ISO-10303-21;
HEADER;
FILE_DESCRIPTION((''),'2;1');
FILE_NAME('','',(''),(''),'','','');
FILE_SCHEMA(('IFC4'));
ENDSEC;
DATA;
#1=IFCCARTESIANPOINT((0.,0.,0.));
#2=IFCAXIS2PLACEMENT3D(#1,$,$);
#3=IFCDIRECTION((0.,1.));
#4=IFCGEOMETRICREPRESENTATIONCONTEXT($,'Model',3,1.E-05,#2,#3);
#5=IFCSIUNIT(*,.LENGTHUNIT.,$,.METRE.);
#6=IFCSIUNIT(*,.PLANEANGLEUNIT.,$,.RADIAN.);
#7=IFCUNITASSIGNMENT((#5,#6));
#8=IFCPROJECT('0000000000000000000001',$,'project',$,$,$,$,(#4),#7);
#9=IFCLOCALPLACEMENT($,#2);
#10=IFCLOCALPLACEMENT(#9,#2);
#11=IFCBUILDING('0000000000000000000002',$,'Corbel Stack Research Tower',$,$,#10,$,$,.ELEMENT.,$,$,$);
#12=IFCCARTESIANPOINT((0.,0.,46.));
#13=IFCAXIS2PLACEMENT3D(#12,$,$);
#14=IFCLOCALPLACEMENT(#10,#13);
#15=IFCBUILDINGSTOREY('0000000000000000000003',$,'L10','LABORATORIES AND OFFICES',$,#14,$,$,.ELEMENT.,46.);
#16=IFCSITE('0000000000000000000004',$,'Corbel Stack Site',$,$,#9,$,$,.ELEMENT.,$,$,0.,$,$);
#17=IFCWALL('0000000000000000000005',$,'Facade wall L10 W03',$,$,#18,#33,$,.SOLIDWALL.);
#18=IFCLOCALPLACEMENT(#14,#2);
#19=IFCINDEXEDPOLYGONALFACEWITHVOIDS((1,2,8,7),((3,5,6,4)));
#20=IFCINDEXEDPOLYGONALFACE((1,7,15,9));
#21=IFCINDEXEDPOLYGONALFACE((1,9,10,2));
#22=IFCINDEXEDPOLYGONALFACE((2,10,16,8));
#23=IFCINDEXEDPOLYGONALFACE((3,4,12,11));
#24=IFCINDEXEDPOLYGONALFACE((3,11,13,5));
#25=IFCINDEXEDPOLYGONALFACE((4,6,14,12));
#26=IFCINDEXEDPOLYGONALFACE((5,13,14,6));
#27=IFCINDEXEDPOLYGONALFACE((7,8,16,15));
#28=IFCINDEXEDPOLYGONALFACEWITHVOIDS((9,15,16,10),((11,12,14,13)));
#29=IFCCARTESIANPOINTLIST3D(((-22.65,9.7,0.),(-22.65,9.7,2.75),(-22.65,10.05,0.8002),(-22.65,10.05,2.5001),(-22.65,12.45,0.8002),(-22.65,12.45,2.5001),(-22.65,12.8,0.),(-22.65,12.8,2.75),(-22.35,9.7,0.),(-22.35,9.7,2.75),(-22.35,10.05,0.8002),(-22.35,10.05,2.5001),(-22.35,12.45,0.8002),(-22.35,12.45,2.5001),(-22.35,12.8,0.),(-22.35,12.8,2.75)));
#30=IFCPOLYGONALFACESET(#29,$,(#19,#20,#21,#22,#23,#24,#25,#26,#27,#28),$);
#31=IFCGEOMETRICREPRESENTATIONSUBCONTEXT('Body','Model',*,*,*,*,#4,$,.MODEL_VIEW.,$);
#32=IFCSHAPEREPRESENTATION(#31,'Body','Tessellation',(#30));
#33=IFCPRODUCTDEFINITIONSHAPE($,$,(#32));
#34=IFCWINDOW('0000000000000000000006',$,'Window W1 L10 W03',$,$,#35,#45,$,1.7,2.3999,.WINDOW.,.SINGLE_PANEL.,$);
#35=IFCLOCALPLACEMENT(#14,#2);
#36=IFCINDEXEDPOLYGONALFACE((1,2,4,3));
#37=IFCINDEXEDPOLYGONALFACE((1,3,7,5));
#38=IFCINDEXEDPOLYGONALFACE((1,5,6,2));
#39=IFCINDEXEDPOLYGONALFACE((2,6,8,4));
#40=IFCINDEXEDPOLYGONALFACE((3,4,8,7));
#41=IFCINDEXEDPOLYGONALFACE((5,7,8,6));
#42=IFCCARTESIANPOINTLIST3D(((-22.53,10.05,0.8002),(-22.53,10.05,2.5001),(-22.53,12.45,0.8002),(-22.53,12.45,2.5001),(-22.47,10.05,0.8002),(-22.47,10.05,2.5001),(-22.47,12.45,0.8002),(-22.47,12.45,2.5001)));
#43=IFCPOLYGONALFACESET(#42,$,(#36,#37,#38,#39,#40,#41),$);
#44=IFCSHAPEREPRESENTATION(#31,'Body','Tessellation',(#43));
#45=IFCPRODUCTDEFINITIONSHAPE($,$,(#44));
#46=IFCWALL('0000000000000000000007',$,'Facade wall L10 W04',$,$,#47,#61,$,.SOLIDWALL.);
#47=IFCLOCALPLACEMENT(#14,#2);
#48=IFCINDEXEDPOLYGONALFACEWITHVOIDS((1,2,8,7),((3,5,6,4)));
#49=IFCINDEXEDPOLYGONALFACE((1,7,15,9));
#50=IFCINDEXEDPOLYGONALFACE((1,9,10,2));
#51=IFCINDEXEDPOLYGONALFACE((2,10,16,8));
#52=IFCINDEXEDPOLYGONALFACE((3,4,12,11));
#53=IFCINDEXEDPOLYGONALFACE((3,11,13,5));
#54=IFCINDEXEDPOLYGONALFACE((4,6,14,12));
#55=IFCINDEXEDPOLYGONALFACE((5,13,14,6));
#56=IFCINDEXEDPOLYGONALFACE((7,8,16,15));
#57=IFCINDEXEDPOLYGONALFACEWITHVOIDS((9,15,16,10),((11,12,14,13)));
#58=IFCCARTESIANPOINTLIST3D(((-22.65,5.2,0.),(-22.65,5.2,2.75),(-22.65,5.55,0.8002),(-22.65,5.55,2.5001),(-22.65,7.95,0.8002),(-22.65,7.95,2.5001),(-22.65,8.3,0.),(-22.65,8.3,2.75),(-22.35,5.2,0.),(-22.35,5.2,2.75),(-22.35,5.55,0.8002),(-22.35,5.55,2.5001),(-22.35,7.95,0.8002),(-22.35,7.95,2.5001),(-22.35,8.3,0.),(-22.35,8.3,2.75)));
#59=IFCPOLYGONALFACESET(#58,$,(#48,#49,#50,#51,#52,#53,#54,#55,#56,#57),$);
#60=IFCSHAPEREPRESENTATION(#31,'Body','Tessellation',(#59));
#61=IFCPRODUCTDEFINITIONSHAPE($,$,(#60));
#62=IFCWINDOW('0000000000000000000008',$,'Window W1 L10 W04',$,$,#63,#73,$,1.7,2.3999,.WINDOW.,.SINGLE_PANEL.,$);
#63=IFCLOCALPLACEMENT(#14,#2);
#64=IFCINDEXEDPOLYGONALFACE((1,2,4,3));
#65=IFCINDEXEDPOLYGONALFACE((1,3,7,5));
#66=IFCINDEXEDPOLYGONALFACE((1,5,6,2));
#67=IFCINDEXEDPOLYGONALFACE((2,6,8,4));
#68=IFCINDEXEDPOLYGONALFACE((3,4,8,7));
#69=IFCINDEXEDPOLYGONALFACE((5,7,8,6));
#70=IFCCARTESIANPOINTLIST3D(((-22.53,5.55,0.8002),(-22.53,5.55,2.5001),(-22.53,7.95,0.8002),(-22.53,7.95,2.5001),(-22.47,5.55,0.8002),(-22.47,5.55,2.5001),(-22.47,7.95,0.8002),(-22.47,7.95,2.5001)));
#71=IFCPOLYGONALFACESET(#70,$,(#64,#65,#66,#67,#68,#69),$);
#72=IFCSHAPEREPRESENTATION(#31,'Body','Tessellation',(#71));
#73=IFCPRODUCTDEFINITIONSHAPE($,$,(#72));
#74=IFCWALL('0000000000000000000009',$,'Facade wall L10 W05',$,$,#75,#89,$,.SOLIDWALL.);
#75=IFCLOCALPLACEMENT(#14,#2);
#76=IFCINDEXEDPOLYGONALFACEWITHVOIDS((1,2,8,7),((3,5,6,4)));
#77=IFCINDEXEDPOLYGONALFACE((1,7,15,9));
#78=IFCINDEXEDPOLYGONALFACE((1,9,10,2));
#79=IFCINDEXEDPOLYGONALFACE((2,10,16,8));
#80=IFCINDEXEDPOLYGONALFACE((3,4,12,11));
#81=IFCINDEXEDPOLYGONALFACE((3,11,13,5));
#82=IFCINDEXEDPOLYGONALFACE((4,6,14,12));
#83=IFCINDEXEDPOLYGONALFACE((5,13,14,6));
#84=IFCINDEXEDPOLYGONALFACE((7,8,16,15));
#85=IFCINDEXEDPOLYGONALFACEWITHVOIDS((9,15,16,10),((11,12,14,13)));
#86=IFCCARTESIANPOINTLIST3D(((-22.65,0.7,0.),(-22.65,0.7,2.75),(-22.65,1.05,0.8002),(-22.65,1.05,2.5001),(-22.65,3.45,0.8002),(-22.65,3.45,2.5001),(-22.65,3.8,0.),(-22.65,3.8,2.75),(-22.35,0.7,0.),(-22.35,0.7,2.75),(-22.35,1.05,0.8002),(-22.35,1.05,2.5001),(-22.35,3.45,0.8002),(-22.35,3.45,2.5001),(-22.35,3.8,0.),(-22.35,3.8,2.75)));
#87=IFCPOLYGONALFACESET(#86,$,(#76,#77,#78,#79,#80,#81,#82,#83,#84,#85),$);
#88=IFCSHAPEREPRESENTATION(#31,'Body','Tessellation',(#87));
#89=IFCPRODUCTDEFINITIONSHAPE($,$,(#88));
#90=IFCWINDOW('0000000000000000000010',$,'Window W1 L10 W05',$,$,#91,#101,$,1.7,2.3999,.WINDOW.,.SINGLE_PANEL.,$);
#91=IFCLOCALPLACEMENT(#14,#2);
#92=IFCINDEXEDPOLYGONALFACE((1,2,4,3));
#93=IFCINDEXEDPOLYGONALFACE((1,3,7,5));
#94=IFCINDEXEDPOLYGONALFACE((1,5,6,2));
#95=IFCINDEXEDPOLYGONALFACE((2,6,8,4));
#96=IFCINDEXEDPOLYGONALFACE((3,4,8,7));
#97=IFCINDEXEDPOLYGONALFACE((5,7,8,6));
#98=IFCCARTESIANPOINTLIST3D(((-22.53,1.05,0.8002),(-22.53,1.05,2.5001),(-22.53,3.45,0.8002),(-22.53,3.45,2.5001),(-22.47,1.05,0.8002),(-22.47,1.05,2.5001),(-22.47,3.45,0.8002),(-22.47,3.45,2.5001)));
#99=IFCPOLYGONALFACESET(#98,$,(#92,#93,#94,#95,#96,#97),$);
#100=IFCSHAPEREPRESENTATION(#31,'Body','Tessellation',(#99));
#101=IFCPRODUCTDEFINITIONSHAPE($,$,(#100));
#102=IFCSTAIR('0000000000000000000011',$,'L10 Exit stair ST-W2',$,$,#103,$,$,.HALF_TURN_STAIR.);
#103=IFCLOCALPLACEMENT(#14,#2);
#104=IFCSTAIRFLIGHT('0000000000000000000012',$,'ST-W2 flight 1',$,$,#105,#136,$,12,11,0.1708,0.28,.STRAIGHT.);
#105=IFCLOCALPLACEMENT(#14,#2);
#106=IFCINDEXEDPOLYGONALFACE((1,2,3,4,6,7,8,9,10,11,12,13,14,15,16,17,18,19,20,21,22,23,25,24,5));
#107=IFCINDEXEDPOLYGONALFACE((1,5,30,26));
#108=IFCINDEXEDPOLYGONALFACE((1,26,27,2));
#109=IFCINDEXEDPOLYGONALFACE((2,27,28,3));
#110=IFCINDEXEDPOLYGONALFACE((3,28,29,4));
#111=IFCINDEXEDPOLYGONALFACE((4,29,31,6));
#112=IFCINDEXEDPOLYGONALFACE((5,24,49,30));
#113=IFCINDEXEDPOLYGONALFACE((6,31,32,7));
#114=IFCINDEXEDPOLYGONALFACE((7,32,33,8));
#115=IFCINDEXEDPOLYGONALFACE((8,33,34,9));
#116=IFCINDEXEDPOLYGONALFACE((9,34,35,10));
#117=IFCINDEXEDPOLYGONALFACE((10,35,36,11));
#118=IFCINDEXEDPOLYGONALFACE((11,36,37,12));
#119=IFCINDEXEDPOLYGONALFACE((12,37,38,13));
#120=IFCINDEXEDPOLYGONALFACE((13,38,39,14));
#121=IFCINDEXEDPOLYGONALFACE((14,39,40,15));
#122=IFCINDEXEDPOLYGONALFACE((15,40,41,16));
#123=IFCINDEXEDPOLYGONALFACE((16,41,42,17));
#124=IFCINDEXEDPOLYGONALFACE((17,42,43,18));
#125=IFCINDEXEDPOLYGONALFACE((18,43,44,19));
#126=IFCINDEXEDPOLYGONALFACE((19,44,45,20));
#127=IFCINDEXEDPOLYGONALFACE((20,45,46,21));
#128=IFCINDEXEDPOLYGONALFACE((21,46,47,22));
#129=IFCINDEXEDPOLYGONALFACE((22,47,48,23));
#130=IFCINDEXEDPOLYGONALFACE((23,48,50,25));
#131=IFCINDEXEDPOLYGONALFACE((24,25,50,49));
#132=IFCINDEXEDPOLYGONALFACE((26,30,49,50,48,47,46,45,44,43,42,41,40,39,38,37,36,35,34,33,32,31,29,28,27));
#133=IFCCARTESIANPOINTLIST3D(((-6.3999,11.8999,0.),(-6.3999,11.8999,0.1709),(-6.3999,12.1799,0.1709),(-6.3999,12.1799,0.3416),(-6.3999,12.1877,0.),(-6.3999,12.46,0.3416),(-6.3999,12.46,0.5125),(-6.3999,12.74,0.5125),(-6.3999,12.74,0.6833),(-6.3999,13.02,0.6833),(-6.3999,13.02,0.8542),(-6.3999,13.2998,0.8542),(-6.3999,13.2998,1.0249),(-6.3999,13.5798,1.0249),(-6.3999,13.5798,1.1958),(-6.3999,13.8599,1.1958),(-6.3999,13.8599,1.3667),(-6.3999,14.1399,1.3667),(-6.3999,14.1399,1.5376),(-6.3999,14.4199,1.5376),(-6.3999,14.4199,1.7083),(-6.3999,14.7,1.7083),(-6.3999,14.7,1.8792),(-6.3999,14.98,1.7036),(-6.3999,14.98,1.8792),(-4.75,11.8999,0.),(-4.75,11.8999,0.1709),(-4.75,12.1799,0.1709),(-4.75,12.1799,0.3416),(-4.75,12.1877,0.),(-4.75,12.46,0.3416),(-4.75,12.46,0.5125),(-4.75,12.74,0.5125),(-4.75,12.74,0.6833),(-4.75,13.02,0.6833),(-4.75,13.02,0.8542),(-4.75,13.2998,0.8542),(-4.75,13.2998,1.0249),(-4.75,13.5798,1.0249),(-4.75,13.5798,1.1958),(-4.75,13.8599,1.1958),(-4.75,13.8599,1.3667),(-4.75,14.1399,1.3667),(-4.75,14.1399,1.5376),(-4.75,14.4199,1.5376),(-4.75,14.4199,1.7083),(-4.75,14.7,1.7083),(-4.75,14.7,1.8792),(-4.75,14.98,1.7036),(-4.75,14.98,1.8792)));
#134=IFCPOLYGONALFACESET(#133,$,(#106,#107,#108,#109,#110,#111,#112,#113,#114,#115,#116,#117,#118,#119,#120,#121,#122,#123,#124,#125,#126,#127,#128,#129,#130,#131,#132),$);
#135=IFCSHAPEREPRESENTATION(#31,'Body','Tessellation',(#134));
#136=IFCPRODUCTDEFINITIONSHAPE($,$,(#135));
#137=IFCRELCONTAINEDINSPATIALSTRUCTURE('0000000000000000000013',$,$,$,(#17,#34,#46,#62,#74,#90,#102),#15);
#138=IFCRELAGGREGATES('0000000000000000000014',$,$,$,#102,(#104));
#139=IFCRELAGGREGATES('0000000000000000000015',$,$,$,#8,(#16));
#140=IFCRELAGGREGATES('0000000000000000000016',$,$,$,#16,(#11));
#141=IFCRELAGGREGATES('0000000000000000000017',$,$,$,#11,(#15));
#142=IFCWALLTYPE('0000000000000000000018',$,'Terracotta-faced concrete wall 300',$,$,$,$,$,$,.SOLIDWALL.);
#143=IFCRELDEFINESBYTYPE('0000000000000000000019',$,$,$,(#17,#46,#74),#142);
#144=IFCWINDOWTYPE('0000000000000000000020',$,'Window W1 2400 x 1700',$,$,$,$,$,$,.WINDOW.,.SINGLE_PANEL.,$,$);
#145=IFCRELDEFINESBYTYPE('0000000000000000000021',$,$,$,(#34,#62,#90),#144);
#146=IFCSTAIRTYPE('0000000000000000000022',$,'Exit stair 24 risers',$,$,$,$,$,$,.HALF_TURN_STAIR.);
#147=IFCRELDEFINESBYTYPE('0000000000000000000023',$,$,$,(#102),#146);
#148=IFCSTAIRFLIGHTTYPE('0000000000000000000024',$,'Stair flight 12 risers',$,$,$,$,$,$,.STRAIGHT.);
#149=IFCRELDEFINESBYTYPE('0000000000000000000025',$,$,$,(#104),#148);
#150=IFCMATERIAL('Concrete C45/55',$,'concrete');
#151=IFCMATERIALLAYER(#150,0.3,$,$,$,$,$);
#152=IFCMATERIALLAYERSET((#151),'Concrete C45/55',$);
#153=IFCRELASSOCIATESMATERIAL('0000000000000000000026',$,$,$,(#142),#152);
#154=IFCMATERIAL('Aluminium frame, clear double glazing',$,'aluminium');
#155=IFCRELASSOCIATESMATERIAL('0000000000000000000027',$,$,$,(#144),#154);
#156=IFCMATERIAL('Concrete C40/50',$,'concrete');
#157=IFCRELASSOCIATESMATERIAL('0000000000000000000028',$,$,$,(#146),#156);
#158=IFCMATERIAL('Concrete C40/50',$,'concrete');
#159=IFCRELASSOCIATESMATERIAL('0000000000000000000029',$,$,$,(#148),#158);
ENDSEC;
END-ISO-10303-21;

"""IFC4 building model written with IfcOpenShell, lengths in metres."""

from ifc_helpers import new_model, si_unit, direction, frame, frame_2d, origin, place, context, subcontext, project, spatial, polyline, rectangle, outline, extrude, material, layer, layer_set, type_object, element, fill, aggregate, save


model = new_model("IFC4")

# Units and contexts
model_context = context("Model", 3, precision=1e-05, world=origin(), true_north=direction((0.0, 1.0)))
body_context = subcontext(model_context, "Body", "Model", "MODEL_VIEW")
ifc_project = project(units=[si_unit("LENGTHUNIT", "METRE"), si_unit("PLANEANGLEUNIT", "RADIAN")], contexts=[model_context])

# Site, building, storey
site_placement = place(None, origin())
site = spatial("IfcSite", under=ifc_project, at=site_placement, Name="Corbel Stack Site", CompositionType="ELEMENT", RefElevation=0.0)
building_placement = place(site_placement, origin())
building = spatial("IfcBuilding", under=site, at=building_placement, Name="Corbel Stack Research Tower", CompositionType="ELEMENT")
storey_placement = place(building_placement, frame((0.0, 0.0, 46.0)))
storey = spatial("IfcBuildingStorey", under=building, at=storey_placement, Name="L10", Description="LABORATORIES AND OFFICES", CompositionType="ELEMENT", Elevation=46.0)

# Walls, openings, windows
ifc_material_1 = material(Name="Concrete C45/55", Category="concrete")
ifc_layer_1 = layer(ifc_material_1, 0.3)
ifc_layer_set_1 = layer_set([ifc_layer_1], Name="Concrete C45/55")
wall_type_1 = type_object("IfcWallType", Name="Terracotta-faced concrete wall 300", PredefinedType="SOLIDWALL", material=ifc_layer_set_1)
wall_1_placement = place(storey_placement, frame((-22.5, 9.7, 0.0), z_axis=(0.0, 0.0, 1.0), x_axis=(0.0, 1.0, 0.0)))
wall_1 = element("IfcWall", 1, at=wall_1_placement, inside=storey, type_object=wall_type_1, Name="Facade wall L10 W03", PredefinedType="SOLIDWALL", context=body_context, shape_type="SweptSolid", body=[
    extrude(rectangle(XDim=3.1001, YDim=0.3, at=frame_2d((1.55, 0.0))), origin(), (0.0, 0.0, 1.0), 2.75),
])
opening_1_placement = place(wall_1_placement, frame((0.3501, 0.0, 0.8)))
opening_1 = element("IfcOpeningElement", 2, at=opening_1_placement, cuts=wall_1, PredefinedType="OPENING", context=body_context, shape_type="SweptSolid", body=[
    extrude(rectangle(XDim=2.3999, YDim=1.7, at=frame_2d((1.2, 0.8501))), frame((0.0, 0.1599, 0.0), z_axis=(0.0, -1.0, 0.0), x_axis=(1.0, 0.0, 0.0)), (0.0, 0.0, 1.0), 0.3201),
])
ifc_material_2 = material(Name="Aluminium frame, clear double glazing", Category="aluminium")
window_type = type_object("IfcWindowType", Name="Window W1 2400 x 1700", PartitioningType="SINGLE_PANEL", PredefinedType="WINDOW", material=ifc_material_2)
window_1_placement = place(opening_1_placement, origin())
window_1 = element("IfcWindow", 3, at=window_1_placement, inside=storey, type_object=window_type, Name="Window W1 L10 W03", OverallHeight=1.7, OverallWidth=2.3999, PartitioningType="SINGLE_PANEL", PredefinedType="WINDOW", context=body_context, shape_type="SweptSolid", body=[
    extrude(rectangle(XDim=2.3999, YDim=1.7, at=frame_2d((1.2, 0.8501))), frame((0.0, 0.03, 0.0), z_axis=(0.0, -1.0, 0.0), x_axis=(1.0, 0.0, 0.0)), (0.0, 0.0, 1.0), 0.0601),
])
fill(opening_1, window_1)
wall_2_placement = place(storey_placement, frame((-22.5, 5.2, 0.0), z_axis=(0.0, 0.0, 1.0), x_axis=(0.0, 1.0, 0.0)))
wall_2 = element("IfcWall", 4, at=wall_2_placement, inside=storey, type_object=wall_type_1, Name="Facade wall L10 W04", PredefinedType="SOLIDWALL", context=body_context, shape_type="SweptSolid", body=[
    extrude(rectangle(XDim=3.1001, YDim=0.3, at=frame_2d((1.55, 0.0))), origin(), (0.0, 0.0, 1.0), 2.75),
])
opening_2_placement = place(wall_2_placement, frame((0.3501, 0.0, 0.8)))
opening_2 = element("IfcOpeningElement", 5, at=opening_2_placement, cuts=wall_2, PredefinedType="OPENING", context=body_context, shape_type="SweptSolid", body=[
    extrude(rectangle(XDim=2.3999, YDim=1.7, at=frame_2d((1.2, 0.8501))), frame((0.0, 0.1599, 0.0), z_axis=(0.0, -1.0, 0.0), x_axis=(1.0, 0.0, 0.0)), (0.0, 0.0, 1.0), 0.3201),
])
window_2_placement = place(opening_2_placement, origin())
window_2 = element("IfcWindow", 6, at=window_2_placement, inside=storey, type_object=window_type, Name="Window W1 L10 W04", OverallHeight=1.7, OverallWidth=2.3999, PartitioningType="SINGLE_PANEL", PredefinedType="WINDOW", context=body_context, shape_type="SweptSolid", body=[
    extrude(rectangle(XDim=2.3999, YDim=1.7, at=frame_2d((1.2, 0.8501))), frame((0.0, 0.03, 0.0), z_axis=(0.0, -1.0, 0.0), x_axis=(1.0, 0.0, 0.0)), (0.0, 0.0, 1.0), 0.0601),
])
fill(opening_2, window_2)
wall_3_placement = place(storey_placement, frame((-22.5, 0.7, 0.0), z_axis=(0.0, 0.0, 1.0), x_axis=(0.0, 1.0, 0.0)))
wall_3 = element("IfcWall", 7, at=wall_3_placement, inside=storey, type_object=wall_type_1, Name="Facade wall L10 W05", PredefinedType="SOLIDWALL", context=body_context, shape_type="SweptSolid", body=[
    extrude(rectangle(XDim=3.1001, YDim=0.3, at=frame_2d((1.55, 0.0))), origin(), (0.0, 0.0, 1.0), 2.75),
])
opening_3_placement = place(wall_3_placement, frame((0.3501, 0.0, 0.8)))
opening_3 = element("IfcOpeningElement", 8, at=opening_3_placement, cuts=wall_3, PredefinedType="OPENING", context=body_context, shape_type="SweptSolid", body=[
    extrude(rectangle(XDim=2.3999, YDim=1.7, at=frame_2d((1.2, 0.8501))), frame((0.0, 0.1599, 0.0), z_axis=(0.0, -1.0, 0.0), x_axis=(1.0, 0.0, 0.0)), (0.0, 0.0, 1.0), 0.3201),
])
window_3_placement = place(opening_3_placement, origin())
window_3 = element("IfcWindow", 9, at=window_3_placement, inside=storey, type_object=window_type, Name="Window W1 L10 W05", OverallHeight=1.7, OverallWidth=2.3999, PartitioningType="SINGLE_PANEL", PredefinedType="WINDOW", context=body_context, shape_type="SweptSolid", body=[
    extrude(rectangle(XDim=2.3999, YDim=1.7, at=frame_2d((1.2, 0.8501))), frame((0.0, 0.03, 0.0), z_axis=(0.0, -1.0, 0.0), x_axis=(1.0, 0.0, 0.0)), (0.0, 0.0, 1.0), 0.0601),
])
fill(opening_3, window_3)

# Stair, stair flight
ifc_material_3 = material(Name="Concrete C40/50", Category="concrete")
stair_type = type_object("IfcStairType", Name="Exit stair 24 risers", PredefinedType="HALF_TURN_STAIR", material=ifc_material_3)
stair_placement = place(storey_placement, origin())
stair = element("IfcStair", 10, at=stair_placement, inside=storey, type_object=stair_type, Name="L10 Exit stair ST-W2", PredefinedType="HALF_TURN_STAIR")
ifc_material_4 = material(Name="Concrete C40/50", Category="concrete")
stair_flight_type = type_object("IfcStairFlightType", Name="Stair flight 12 risers", PredefinedType="STRAIGHT", material=ifc_material_4)
stair_flight_placement = place(storey_placement, frame((-5.575, 11.8999, 0.0), z_axis=(0.0, 0.0, 1.0), x_axis=(0.0, 1.0, 0.0)))
stair_flight = element("IfcStairFlight", 11, at=stair_flight_placement, type_object=stair_flight_type, Name="ST-W2 flight 1", NumberOfRisers=12, NumberOfTreads=11, PredefinedType="STRAIGHT", RiserHeight=0.1708, TreadLength=0.28, context=body_context, shape_type="SweptSolid", body=[
    extrude(outline(polyline([(0.0, 0.0), (0.0, 0.1709), (0.28, 0.1709), (0.28, 0.3416), (0.5601, 0.3416), (0.5601, 0.5125), (0.8401, 0.5125), (0.8401, 0.6833), (1.1201, 0.6833), (1.1201, 0.8542), (1.3999, 0.8542), (1.3999, 1.0249), (1.6799, 1.0249), (1.6799, 1.1958), (1.96, 1.1958), (1.96, 1.3667), (2.24, 1.3667), (2.24, 1.5376), (2.52, 1.5376), (2.52, 1.7083), (2.8, 1.7083), (2.8, 1.8792), (3.0801, 1.8792), (3.0801, 2.05), (3.0801, 1.7036), (0.2878, 0.0), (0.0, 0.0)])), frame((0.0, 0.825, 0.0), z_axis=(0.0, -1.0, 0.0), x_axis=(1.0, 0.0, 0.0)), (0.0, 0.0, 1.0), 1.6499),
])
aggregate(stair, [stair_flight])

save(model, "model.ifc")
